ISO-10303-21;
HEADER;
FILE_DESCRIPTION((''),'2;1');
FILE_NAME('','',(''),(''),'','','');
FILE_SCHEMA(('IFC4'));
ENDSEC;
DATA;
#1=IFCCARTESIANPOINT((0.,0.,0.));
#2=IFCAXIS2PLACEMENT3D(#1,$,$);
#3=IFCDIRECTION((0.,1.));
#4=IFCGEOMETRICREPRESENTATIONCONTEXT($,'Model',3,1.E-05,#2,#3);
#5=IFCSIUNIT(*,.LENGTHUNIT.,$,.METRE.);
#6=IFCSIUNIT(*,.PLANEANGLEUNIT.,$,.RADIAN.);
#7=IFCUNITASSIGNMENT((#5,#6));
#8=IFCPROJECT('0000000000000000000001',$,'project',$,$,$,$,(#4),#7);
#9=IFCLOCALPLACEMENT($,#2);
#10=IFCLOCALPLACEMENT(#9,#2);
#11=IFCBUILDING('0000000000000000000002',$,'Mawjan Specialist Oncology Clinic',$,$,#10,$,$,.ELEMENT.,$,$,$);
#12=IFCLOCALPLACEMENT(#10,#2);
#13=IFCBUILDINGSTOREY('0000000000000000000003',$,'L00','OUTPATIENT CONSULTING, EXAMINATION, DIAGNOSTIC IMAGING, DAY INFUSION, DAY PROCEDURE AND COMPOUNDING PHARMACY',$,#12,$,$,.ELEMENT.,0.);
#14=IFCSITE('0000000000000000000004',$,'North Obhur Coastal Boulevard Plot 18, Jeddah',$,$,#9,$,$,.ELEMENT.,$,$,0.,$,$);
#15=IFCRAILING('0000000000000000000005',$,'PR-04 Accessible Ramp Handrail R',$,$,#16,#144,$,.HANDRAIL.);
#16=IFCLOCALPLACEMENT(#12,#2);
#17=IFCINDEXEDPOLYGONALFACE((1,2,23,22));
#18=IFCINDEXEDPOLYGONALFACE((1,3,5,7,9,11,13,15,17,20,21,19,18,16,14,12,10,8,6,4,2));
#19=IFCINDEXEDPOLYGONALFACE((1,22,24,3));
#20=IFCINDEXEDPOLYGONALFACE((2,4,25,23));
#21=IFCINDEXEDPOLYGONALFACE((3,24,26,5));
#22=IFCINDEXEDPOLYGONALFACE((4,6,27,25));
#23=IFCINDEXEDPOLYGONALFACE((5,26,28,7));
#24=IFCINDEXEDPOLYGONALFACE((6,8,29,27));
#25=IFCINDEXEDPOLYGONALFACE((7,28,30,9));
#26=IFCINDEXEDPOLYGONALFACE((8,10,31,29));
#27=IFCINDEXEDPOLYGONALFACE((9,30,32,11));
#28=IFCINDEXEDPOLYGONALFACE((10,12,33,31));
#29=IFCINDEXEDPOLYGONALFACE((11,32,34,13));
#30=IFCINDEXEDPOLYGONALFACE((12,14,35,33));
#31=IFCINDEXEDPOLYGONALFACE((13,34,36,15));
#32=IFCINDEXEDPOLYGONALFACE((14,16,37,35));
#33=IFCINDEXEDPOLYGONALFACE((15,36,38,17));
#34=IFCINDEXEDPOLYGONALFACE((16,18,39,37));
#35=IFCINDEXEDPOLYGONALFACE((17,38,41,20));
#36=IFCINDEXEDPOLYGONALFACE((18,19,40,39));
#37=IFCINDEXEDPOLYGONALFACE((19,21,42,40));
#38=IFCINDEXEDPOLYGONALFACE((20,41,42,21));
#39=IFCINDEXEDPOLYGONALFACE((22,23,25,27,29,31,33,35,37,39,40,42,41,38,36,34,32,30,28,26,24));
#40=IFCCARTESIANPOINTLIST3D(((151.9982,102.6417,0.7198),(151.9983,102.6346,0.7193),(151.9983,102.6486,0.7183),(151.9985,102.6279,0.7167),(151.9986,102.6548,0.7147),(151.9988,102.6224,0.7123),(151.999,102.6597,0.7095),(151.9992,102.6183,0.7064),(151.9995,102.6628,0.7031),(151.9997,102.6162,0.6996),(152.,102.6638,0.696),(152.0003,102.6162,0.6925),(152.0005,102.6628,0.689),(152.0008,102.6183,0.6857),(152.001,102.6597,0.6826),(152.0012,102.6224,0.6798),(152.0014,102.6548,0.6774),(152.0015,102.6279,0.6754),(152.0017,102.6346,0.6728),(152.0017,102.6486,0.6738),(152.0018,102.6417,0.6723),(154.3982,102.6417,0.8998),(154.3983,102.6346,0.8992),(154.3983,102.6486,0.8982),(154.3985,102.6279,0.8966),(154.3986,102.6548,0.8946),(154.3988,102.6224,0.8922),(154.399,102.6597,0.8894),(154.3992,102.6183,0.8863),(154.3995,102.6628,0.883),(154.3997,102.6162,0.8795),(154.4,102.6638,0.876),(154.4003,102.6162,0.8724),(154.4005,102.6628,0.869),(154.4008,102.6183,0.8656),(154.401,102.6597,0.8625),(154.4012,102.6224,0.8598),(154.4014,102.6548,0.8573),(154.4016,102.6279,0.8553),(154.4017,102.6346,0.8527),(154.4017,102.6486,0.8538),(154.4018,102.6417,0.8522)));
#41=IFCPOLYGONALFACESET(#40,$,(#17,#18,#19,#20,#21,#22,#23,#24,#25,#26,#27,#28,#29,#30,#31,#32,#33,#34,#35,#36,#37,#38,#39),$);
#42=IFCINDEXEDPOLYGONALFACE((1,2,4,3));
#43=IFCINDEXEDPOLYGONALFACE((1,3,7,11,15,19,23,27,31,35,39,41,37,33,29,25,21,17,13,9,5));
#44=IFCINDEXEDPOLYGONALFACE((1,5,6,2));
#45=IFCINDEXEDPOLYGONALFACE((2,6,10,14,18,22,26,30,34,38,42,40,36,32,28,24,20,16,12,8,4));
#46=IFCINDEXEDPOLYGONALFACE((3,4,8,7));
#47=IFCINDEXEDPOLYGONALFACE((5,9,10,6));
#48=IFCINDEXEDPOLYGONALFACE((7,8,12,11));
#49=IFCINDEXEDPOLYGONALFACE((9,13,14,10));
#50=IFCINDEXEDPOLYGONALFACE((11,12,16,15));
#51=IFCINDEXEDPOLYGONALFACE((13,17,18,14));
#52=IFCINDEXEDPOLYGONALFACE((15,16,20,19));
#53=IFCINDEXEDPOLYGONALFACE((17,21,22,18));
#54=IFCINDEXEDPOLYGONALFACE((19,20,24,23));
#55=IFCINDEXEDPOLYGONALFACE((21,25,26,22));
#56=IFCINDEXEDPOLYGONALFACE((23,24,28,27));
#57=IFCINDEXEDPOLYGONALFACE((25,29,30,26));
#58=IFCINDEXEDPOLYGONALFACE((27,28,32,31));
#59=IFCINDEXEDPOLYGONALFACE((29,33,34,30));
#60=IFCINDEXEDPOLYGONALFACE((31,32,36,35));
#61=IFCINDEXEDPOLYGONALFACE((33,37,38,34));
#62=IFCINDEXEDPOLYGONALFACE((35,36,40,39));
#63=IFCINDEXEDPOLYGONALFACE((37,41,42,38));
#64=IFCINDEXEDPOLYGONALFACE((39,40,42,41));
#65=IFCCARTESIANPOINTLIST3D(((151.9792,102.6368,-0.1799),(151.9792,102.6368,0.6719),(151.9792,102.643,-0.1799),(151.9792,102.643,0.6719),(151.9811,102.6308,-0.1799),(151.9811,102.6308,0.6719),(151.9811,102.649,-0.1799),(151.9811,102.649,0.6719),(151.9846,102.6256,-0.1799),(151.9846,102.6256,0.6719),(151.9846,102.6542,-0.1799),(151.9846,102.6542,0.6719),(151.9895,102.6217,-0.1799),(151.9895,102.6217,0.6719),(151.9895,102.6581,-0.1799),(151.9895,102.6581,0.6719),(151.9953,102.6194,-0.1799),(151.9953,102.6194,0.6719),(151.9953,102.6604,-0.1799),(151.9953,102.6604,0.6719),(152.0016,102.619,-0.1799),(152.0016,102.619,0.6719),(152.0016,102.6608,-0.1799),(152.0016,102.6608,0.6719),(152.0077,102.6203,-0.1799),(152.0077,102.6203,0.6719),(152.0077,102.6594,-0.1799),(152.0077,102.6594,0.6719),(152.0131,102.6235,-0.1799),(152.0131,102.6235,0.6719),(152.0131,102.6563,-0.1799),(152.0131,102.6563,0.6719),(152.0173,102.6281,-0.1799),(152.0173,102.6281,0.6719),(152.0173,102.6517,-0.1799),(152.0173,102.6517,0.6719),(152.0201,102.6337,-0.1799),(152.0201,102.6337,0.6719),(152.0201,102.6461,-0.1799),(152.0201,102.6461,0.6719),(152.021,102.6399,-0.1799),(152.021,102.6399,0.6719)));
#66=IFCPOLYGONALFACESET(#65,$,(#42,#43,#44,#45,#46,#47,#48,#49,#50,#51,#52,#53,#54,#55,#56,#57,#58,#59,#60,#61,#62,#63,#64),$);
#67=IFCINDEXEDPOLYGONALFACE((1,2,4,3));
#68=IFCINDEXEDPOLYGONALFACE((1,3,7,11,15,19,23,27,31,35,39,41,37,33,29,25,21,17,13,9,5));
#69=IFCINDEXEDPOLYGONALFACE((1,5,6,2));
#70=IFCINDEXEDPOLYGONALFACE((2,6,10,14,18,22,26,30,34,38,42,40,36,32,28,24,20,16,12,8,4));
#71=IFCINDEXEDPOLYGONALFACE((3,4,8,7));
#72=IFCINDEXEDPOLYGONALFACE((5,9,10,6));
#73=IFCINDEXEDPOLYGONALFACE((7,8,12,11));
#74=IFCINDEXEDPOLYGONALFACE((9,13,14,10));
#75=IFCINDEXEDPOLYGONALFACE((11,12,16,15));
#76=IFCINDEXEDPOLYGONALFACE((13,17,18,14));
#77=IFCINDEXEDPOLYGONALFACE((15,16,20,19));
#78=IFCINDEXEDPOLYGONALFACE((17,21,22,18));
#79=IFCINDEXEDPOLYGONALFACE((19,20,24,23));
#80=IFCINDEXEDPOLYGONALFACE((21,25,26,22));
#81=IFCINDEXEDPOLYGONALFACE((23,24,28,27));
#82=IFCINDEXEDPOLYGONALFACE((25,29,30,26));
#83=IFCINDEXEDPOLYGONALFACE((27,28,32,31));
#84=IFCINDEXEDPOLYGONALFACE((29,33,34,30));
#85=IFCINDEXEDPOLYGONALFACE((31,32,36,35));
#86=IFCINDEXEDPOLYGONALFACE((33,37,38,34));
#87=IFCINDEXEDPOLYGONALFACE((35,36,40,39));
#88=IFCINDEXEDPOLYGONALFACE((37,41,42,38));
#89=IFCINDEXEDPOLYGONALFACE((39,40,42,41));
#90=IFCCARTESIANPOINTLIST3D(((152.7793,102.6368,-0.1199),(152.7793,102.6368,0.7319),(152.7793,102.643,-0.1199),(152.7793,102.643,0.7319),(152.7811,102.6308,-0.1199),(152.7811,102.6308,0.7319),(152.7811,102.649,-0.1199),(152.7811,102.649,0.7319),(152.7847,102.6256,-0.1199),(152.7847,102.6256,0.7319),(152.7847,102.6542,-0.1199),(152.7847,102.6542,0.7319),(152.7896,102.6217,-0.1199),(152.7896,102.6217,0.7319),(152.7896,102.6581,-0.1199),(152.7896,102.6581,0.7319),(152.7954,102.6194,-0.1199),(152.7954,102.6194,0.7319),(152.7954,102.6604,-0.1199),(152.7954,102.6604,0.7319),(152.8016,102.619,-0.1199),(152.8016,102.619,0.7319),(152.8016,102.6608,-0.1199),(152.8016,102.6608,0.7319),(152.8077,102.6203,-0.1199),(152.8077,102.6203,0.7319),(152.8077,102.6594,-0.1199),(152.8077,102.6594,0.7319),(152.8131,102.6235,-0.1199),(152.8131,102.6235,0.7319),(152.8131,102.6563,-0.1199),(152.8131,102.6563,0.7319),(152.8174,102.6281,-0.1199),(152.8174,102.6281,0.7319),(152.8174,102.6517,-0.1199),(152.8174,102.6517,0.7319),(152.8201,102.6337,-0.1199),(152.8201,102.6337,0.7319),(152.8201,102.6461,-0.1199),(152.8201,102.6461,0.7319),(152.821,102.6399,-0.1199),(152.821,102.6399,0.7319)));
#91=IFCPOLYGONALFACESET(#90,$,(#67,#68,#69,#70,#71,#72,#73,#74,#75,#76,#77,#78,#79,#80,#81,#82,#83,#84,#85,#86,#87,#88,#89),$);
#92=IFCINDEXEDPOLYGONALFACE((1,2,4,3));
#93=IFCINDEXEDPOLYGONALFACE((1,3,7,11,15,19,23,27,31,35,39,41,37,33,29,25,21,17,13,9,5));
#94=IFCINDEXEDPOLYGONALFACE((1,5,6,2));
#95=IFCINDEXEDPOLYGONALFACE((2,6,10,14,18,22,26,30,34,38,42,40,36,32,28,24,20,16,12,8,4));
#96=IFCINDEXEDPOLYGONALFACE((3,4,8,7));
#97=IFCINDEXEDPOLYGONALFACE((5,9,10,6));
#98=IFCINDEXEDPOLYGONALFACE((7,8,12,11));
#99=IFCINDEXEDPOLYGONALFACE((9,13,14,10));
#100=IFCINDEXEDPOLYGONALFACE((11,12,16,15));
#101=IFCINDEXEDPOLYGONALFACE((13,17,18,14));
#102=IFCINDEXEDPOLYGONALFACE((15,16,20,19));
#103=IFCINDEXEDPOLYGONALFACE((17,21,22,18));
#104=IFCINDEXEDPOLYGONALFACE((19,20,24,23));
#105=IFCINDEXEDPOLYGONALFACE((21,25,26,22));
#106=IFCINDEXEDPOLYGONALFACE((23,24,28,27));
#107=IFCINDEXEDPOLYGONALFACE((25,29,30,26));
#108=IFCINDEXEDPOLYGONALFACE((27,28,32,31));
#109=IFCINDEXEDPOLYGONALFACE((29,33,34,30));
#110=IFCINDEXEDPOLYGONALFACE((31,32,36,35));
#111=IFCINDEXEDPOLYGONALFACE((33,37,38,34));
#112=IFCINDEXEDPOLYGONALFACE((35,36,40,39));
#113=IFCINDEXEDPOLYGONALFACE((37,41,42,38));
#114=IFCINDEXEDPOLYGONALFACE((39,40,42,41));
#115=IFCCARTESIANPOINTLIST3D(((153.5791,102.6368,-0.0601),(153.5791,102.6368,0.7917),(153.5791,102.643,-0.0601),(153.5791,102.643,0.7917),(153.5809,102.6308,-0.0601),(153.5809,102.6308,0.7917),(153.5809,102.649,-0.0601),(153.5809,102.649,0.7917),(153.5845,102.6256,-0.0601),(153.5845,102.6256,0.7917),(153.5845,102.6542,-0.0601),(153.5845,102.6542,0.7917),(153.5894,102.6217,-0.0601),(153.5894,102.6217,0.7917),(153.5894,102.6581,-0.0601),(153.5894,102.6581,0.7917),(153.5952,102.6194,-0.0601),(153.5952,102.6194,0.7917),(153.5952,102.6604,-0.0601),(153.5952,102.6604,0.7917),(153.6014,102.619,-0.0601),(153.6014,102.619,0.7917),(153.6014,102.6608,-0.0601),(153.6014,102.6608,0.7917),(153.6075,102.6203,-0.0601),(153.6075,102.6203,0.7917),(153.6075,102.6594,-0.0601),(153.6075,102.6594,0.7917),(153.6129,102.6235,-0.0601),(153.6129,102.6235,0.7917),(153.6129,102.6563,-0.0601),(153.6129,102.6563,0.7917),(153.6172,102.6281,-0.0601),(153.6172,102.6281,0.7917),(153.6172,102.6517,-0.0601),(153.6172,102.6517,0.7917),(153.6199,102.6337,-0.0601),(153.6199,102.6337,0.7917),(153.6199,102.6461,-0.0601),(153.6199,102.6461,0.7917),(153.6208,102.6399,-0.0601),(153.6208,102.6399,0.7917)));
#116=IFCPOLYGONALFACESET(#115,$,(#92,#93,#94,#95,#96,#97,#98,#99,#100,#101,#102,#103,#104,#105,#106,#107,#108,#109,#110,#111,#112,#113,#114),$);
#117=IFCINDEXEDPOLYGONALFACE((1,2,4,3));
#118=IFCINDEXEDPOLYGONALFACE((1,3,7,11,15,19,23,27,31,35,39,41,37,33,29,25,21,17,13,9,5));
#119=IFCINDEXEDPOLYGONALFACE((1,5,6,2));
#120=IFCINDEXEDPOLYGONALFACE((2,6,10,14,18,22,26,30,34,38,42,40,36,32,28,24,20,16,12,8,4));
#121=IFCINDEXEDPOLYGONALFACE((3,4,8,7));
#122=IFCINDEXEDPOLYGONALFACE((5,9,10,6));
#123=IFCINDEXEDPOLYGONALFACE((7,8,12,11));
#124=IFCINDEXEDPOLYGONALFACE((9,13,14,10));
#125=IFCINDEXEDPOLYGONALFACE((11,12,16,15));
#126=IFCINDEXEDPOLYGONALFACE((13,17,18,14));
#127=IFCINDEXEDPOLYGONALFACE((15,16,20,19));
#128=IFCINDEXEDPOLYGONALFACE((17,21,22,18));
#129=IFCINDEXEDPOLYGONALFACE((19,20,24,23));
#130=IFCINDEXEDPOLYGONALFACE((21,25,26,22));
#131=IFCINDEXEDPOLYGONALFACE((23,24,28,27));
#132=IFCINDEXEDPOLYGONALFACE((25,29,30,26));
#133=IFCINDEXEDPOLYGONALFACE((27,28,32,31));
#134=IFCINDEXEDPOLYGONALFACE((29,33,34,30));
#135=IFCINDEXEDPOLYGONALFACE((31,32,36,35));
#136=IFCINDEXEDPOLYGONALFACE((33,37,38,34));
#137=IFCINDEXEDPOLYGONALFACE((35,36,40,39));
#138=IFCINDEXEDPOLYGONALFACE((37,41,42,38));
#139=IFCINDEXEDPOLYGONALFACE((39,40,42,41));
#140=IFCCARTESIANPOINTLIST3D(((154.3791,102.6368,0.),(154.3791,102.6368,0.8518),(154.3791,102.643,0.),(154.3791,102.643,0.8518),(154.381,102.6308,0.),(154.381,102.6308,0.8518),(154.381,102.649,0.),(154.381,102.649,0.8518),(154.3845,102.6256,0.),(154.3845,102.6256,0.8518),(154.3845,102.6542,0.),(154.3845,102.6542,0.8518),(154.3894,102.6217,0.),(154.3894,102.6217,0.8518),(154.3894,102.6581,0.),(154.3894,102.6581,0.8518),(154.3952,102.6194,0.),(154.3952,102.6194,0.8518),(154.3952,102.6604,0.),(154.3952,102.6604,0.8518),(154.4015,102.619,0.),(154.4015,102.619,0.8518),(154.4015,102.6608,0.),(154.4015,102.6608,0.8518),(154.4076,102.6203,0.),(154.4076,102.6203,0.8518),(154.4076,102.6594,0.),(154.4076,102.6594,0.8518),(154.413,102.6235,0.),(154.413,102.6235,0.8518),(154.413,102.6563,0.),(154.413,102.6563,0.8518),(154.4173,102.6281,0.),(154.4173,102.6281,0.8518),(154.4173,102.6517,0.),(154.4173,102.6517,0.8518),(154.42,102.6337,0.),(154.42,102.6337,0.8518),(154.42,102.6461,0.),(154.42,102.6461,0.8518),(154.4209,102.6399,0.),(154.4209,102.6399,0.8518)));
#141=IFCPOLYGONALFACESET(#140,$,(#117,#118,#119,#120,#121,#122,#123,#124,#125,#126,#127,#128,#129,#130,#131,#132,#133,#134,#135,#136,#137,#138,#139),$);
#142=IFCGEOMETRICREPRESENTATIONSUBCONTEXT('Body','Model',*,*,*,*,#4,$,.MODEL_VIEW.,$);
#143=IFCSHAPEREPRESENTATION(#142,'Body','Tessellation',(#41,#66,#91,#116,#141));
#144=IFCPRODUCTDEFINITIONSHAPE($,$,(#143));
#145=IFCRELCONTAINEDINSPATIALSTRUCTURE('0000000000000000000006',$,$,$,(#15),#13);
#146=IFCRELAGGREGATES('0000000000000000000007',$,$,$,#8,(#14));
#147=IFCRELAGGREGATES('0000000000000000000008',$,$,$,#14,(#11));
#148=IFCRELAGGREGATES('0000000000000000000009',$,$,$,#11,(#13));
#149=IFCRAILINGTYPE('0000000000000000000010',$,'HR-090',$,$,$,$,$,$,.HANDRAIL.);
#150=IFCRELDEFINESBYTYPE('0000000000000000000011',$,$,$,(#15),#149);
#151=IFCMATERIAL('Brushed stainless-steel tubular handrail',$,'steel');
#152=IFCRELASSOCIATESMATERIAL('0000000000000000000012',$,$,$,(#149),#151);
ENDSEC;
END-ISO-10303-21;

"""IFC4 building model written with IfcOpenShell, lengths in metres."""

from ifc_helpers import new_model, si_unit, direction, frame, origin, origin_2d, place, context, subcontext, project, spatial, circle, extrude, material, type_object, element, save


model = new_model("IFC4")

# Units and contexts
model_context = context("Model", 3, precision=1e-05, world=origin(), true_north=direction((0.0, 1.0)))
body_context = subcontext(model_context, "Body", "Model", "MODEL_VIEW")
ifc_project = project(units=[si_unit("LENGTHUNIT", "METRE"), si_unit("PLANEANGLEUNIT", "RADIAN")], contexts=[model_context])

# Site, building, storey
site_placement = place(None, origin())
site = spatial("IfcSite", under=ifc_project, at=site_placement, Name="North Obhur Coastal Boulevard Plot 18, Jeddah", CompositionType="ELEMENT", RefElevation=0.0)
building_placement = place(site_placement, origin())
building = spatial("IfcBuilding", under=site, at=building_placement, Name="Mawjan Specialist Oncology Clinic", CompositionType="ELEMENT")
storey_placement = place(building_placement, origin())
storey = spatial("IfcBuildingStorey", under=building, at=storey_placement, Name="L00", Description="OUTPATIENT CONSULTING, EXAMINATION, DIAGNOSTIC IMAGING, DAY INFUSION, DAY PROCEDURE AND COMPOUNDING PHARMACY", CompositionType="ELEMENT", Elevation=0.0)

# Railing
ifc_material_1 = material(Name="Brushed stainless-steel tubular handrail", Category="steel")
railing_type = type_object("IfcRailingType", Name="HR-090", PredefinedType="HANDRAIL", material=ifc_material_1)
for number, where, name in (
    (1, (152.0, 102.6399, -0.1799), "PR-04 Accessible Ramp Handrail R"),
):
    element("IfcRailing", number, at=place(storey_placement, frame(where)), inside=storey, type_object=railing_type, Name=name, PredefinedType="HANDRAIL", context=body_context, shape_type="SweptSolid", body=[
        extrude(circle(Radius=0.0239, at=origin_2d()), frame((0.0, 0.0, 0.876), z_axis=(0.997201, 0.0, 0.074765), x_axis=(0.0, 1.0, 0.0)), (0.0, 0.0, 1.0), 2.4067),
        extrude(circle(Radius=0.021, at=origin_2d()), origin(), (0.0, 0.0, 1.0), 0.8518),
        extrude(circle(Radius=0.021, at=origin_2d()), frame((0.8, 0.0, 0.0601)), (0.0, 0.0, 1.0), 0.8518),
        extrude(circle(Radius=0.021, at=origin_2d()), frame((1.5999, 0.0, 0.1199)), (0.0, 0.0, 1.0), 0.8518),
        extrude(circle(Radius=0.021, at=origin_2d()), frame((2.3999, 0.0, 0.1799)), (0.0, 0.0, 1.0), 0.8518),
    ])

save(model, "model.ifc")
